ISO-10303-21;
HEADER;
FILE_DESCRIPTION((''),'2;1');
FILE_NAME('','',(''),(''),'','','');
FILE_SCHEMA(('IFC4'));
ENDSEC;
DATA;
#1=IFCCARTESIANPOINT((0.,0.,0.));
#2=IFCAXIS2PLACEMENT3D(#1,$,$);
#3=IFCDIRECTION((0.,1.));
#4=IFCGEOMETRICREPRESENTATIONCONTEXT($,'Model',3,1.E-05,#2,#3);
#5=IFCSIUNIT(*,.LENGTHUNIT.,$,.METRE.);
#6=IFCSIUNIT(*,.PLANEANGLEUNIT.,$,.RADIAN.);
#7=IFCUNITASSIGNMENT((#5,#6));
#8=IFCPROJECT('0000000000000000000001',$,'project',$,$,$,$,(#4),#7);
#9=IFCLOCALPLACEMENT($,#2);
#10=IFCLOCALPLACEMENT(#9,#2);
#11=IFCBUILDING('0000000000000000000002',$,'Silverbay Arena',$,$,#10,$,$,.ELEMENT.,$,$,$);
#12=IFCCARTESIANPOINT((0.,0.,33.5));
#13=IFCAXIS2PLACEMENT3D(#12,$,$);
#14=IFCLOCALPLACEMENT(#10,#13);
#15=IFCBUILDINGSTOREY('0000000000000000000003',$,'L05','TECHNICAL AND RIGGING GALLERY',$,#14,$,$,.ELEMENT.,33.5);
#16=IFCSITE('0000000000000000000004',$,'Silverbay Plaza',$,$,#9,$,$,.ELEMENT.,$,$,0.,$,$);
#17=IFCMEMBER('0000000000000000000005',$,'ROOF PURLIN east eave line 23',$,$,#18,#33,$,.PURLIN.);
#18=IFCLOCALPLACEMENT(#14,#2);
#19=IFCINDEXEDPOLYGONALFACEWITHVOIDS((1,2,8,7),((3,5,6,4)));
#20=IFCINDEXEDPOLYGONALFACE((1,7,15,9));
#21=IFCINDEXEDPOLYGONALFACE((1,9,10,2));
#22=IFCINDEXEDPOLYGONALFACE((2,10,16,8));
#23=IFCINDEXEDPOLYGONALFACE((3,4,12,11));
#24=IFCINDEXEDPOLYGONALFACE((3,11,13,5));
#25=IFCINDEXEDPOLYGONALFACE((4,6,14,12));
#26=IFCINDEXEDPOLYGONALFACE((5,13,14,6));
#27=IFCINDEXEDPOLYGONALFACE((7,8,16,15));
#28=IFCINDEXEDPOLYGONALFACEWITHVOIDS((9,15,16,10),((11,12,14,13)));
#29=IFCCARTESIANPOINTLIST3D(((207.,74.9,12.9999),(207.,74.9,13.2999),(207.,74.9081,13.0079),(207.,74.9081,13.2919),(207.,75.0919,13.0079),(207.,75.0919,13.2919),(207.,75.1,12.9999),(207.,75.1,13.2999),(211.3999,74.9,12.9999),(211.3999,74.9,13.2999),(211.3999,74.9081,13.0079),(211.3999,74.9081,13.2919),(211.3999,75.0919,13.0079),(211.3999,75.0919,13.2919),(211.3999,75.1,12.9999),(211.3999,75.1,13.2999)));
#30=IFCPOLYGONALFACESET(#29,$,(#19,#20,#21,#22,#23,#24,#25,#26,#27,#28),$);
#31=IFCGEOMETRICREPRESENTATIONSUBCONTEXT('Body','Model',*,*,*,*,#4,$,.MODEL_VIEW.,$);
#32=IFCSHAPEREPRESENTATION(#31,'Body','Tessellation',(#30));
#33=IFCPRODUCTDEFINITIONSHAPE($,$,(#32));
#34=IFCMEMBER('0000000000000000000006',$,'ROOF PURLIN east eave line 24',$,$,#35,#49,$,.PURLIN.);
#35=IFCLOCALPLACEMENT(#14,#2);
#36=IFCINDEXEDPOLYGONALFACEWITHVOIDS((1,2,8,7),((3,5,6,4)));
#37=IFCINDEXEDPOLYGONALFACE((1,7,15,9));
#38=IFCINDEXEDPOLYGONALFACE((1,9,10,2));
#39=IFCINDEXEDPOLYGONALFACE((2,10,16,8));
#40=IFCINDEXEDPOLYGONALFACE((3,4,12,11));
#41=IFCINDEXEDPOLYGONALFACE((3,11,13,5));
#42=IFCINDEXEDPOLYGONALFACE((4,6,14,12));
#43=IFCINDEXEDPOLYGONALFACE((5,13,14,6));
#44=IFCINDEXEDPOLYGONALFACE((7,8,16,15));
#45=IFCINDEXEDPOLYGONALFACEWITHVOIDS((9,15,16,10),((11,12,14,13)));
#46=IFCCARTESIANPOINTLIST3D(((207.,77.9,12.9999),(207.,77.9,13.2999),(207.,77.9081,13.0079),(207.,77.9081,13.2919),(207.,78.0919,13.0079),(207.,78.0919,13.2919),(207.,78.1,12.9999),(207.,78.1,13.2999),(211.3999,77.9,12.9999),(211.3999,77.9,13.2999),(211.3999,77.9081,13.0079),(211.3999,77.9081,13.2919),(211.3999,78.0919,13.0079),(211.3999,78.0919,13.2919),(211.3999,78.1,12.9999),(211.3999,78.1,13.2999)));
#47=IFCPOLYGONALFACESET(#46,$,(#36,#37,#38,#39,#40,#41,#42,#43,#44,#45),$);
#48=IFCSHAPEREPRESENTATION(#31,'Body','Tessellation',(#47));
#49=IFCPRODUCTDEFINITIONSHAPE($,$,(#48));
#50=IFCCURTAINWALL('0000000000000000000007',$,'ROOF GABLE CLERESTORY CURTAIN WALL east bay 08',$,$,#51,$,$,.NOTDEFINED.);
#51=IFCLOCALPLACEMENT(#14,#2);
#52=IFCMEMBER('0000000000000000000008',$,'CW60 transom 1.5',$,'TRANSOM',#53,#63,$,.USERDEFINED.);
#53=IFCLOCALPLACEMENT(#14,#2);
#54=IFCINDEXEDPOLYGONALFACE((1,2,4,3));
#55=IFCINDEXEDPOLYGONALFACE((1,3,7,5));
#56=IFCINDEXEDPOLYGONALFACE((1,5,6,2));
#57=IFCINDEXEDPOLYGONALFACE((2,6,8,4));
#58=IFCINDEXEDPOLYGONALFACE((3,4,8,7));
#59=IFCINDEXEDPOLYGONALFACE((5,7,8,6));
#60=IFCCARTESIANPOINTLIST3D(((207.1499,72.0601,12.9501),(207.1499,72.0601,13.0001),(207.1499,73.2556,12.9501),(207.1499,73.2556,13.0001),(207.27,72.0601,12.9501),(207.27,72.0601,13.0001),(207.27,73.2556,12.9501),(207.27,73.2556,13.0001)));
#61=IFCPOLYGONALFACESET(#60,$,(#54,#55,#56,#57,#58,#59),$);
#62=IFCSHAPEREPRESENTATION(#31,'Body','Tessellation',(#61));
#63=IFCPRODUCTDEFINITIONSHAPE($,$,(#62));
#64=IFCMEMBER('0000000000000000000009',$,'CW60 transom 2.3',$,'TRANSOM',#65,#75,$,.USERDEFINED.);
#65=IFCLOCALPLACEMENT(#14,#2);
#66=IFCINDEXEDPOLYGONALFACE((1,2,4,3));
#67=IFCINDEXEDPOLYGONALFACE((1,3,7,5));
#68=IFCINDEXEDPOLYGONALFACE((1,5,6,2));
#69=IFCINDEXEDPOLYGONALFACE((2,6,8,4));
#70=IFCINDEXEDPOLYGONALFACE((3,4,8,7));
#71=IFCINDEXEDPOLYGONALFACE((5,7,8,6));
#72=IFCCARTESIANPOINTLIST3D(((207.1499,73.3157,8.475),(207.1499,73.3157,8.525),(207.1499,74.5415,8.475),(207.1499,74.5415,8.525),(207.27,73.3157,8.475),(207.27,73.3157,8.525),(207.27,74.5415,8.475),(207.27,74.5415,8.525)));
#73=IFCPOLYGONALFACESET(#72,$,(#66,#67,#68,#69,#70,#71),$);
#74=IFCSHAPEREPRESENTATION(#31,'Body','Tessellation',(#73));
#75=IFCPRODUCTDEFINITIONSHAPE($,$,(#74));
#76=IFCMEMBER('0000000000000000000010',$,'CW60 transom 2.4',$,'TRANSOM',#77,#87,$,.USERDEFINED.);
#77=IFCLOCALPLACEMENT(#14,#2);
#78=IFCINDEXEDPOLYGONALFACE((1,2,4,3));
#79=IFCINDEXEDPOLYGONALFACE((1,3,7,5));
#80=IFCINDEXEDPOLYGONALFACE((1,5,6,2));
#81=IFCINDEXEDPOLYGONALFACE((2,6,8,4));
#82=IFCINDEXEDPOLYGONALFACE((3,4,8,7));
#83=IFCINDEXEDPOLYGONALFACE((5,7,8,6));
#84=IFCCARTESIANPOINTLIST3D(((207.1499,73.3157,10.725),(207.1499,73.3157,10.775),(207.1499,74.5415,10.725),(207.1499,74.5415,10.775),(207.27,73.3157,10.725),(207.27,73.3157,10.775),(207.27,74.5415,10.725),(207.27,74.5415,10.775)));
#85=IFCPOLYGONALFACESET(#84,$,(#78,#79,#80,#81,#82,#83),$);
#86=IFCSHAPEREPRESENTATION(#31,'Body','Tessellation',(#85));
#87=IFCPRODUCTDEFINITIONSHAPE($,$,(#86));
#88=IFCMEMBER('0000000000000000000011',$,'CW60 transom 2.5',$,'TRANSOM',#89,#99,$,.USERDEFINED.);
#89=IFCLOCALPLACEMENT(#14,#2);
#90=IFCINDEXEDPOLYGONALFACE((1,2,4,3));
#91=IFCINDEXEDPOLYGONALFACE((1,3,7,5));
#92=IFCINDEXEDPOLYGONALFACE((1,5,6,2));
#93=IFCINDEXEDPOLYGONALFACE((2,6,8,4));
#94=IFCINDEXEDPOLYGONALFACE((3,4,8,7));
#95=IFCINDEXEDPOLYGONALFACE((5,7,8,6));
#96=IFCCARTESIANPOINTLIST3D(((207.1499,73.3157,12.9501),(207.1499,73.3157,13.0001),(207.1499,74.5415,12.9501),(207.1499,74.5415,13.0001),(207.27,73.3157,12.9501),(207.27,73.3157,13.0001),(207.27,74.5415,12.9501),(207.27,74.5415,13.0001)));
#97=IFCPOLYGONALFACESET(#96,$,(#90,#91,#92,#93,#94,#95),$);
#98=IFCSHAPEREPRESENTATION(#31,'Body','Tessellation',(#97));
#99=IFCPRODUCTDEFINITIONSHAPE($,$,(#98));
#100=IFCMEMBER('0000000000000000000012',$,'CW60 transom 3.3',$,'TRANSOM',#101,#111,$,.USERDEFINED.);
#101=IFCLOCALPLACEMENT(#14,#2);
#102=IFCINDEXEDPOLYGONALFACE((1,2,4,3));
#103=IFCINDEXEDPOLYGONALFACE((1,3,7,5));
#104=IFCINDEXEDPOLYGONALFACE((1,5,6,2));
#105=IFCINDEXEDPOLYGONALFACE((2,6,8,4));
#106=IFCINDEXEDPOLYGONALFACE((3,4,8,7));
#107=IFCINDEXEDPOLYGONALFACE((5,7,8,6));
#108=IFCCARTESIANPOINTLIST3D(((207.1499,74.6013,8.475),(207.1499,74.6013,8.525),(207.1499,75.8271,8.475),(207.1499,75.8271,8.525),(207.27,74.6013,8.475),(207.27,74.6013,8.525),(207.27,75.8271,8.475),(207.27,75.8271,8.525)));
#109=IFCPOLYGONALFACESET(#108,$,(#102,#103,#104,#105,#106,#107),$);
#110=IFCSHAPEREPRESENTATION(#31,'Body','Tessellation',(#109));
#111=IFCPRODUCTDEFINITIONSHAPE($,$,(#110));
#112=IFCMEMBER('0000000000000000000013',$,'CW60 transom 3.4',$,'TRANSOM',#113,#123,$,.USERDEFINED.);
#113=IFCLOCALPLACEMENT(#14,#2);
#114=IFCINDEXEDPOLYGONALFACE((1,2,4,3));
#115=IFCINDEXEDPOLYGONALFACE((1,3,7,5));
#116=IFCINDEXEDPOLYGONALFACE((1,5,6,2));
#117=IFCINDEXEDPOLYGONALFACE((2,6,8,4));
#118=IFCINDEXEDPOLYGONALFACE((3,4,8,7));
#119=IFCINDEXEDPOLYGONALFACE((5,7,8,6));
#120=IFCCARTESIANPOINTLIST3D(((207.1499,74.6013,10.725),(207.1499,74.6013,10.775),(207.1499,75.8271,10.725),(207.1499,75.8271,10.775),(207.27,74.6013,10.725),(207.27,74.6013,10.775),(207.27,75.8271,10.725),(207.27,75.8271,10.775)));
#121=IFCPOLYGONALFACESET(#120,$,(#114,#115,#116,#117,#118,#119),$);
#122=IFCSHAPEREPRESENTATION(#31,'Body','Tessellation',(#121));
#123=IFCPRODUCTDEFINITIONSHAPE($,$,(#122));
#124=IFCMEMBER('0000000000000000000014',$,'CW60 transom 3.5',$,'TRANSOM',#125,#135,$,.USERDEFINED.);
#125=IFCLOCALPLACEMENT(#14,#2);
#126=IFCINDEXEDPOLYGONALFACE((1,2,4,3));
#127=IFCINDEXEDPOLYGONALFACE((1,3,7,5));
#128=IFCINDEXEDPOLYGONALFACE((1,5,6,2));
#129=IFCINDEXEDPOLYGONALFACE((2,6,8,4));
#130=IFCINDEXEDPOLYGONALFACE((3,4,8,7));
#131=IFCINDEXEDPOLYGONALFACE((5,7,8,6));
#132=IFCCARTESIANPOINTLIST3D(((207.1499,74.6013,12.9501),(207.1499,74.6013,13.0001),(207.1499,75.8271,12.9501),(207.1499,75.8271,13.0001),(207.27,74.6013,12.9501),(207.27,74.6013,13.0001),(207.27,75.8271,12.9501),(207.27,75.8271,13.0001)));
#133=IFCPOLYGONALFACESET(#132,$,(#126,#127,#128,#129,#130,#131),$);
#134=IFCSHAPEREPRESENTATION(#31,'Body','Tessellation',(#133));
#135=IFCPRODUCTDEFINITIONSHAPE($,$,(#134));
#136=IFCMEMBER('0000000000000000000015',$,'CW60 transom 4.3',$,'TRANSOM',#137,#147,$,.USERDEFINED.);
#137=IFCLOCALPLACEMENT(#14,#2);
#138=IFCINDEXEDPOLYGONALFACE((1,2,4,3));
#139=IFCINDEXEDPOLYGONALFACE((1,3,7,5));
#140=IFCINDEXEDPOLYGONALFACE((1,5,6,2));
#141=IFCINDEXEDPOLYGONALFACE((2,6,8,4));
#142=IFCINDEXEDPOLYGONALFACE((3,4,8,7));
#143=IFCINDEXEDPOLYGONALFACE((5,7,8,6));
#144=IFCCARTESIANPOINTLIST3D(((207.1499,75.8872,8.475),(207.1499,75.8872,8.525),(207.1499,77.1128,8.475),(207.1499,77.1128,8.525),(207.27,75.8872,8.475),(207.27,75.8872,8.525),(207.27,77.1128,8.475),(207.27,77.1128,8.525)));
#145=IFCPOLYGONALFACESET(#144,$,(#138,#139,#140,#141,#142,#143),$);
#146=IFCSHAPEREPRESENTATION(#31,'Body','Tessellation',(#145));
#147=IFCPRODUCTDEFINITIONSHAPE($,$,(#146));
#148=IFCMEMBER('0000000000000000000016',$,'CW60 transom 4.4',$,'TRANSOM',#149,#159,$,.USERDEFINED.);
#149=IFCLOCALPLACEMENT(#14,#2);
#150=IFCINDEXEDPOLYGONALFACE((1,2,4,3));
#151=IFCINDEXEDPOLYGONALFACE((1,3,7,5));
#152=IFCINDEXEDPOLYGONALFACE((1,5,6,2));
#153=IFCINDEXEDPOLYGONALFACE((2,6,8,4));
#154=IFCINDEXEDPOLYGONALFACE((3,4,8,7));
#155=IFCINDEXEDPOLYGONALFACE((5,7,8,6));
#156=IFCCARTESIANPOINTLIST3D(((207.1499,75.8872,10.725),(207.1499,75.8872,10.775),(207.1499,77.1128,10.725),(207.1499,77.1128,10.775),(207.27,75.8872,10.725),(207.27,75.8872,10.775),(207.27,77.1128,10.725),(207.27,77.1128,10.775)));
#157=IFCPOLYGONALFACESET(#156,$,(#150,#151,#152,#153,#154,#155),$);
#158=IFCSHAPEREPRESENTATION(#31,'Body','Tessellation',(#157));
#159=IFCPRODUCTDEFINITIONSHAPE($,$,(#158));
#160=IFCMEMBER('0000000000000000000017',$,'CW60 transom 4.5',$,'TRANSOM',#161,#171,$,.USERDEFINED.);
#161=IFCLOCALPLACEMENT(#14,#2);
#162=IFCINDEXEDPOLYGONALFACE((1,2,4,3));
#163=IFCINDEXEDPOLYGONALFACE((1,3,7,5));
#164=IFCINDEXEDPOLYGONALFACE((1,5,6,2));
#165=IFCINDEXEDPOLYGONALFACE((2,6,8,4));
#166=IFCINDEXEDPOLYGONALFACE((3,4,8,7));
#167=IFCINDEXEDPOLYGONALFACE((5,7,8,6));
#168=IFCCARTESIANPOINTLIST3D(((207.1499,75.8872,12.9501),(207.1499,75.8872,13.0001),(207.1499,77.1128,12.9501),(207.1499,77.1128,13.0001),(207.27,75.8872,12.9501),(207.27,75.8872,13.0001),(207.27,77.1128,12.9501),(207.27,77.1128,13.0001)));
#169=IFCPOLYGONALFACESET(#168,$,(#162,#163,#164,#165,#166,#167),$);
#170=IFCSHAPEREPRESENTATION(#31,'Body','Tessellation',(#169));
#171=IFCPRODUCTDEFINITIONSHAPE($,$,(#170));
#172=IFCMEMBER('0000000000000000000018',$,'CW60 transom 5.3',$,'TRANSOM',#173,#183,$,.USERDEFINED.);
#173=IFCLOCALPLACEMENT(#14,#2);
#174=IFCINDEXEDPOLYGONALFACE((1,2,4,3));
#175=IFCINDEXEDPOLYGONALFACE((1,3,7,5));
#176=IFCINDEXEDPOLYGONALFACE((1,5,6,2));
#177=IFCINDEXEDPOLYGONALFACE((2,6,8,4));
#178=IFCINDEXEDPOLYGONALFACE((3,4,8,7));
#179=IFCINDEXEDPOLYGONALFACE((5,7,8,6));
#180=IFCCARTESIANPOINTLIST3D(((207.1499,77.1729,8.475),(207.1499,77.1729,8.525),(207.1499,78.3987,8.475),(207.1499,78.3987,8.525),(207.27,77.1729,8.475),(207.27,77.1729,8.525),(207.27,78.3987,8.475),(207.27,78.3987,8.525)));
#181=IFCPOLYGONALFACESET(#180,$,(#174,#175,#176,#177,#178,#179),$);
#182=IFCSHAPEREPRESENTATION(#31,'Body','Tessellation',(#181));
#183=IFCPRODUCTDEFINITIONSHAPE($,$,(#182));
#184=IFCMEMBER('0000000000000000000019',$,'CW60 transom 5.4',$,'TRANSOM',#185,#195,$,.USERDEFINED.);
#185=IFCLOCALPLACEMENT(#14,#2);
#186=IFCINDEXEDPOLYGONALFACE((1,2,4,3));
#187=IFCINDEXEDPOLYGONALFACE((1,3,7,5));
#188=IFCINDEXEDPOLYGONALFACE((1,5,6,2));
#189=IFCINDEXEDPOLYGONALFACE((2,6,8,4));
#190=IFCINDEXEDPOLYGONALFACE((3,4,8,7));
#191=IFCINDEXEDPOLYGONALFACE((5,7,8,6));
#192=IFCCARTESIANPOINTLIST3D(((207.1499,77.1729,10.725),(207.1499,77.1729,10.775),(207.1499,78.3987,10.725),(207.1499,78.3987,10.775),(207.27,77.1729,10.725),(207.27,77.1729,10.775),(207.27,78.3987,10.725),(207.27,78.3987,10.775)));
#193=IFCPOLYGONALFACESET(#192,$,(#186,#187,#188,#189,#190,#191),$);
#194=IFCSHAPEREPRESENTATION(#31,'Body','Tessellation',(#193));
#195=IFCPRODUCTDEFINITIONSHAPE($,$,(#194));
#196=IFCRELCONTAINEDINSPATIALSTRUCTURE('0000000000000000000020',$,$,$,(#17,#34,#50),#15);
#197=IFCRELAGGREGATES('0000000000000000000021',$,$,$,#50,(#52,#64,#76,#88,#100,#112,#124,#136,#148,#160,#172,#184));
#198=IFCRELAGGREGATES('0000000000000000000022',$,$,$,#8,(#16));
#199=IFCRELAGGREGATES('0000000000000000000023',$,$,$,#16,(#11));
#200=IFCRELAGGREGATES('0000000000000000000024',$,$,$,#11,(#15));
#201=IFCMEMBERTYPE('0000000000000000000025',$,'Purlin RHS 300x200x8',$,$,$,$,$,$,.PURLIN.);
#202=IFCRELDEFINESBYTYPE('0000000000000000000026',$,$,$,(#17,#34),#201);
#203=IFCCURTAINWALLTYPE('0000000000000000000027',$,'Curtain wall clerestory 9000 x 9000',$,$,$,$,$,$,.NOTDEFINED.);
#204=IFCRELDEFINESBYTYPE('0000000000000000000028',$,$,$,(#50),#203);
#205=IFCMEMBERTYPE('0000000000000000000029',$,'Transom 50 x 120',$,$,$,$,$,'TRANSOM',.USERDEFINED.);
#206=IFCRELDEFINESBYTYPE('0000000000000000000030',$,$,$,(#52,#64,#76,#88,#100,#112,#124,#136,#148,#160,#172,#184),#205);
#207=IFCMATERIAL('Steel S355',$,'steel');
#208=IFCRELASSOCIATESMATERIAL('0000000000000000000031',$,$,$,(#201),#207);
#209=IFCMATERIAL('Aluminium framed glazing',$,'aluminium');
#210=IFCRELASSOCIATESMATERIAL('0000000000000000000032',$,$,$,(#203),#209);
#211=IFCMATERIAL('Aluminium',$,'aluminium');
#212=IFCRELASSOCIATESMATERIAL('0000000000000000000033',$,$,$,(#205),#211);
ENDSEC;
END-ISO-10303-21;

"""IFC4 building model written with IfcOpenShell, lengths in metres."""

from ifc_helpers import new_model, si_unit, direction, frame, origin, origin_2d, place, context, subcontext, project, spatial, rectangle, hollow_rectangle, extrude, material, material_profile, profile_set, type_object, element, aggregate, save


model = new_model("IFC4")

# Units and contexts
model_context = context("Model", 3, precision=1e-05, world=origin(), true_north=direction((0.0, 1.0)))
body_context = subcontext(model_context, "Body", "Model", "MODEL_VIEW")
ifc_project = project(units=[si_unit("LENGTHUNIT", "METRE"), si_unit("PLANEANGLEUNIT", "RADIAN")], contexts=[model_context])

# Site, building, storey
site_placement = place(None, origin())
site = spatial("IfcSite", under=ifc_project, at=site_placement, Name="Silverbay Plaza", CompositionType="ELEMENT", RefElevation=0.0)
building_placement = place(site_placement, origin())
building = spatial("IfcBuilding", under=site, at=building_placement, Name="Silverbay Arena", CompositionType="ELEMENT")
storey_placement = place(building_placement, frame((0.0, 0.0, 33.5)))
storey = spatial("IfcBuildingStorey", under=building, at=storey_placement, Name="L05", Description="TECHNICAL AND RIGGING GALLERY", CompositionType="ELEMENT", Elevation=33.5)

# Members
ifc_material_1 = material(Name="Steel S355", Category="steel")
ifc_material_profile_1 = material_profile(ifc_material_1, hollow_rectangle(XDim=0.2, YDim=0.3, WallThickness=0.0081, at=origin_2d()), Name="RHS 300x200x8")
ifc_profile_set_1 = profile_set([ifc_material_profile_1], Name="Steel S355")
member_type_1 = type_object("IfcMemberType", Name="Purlin RHS 300x200x8", PredefinedType="PURLIN", material=ifc_profile_set_1)
for number, where, z_axis, x_axis, name in (
    (1, (211.3999, 75.0, 13.1499), (-1.0, 0.0, 0.0), (0.0, -1.0, 0.0), "ROOF PURLIN east eave line 23"),
    (2, (211.3999, 78.0, 13.1499), (-1.0, 0.0, 0.0), (0.0, -1.0, 0.0), "ROOF PURLIN east eave line 24"),
):
    element("IfcMember", number, at=place(storey_placement, frame(where, z_axis=z_axis, x_axis=x_axis)), inside=storey, type_object=member_type_1, Name=name, PredefinedType="PURLIN", context=body_context, shape_type="SweptSolid", body=[
        extrude(hollow_rectangle(XDim=0.2, YDim=0.3, WallThickness=0.0081, at=origin_2d()), origin(), (0.0, 0.0, 1.0), 4.3999),
    ])

# Curtain wall, members
ifc_material_2 = material(Name="Aluminium framed glazing", Category="aluminium")
curtain_wall_type = type_object("IfcCurtainWallType", Name="Curtain wall clerestory 9000 x 9000", PredefinedType="NOTDEFINED", material=ifc_material_2)
curtain_wall_placement = place(storey_placement, origin())
curtain_wall = element("IfcCurtainWall", 3, at=curtain_wall_placement, inside=storey, type_object=curtain_wall_type, Name="ROOF GABLE CLERESTORY CURTAIN WALL east bay 08", PredefinedType="NOTDEFINED")
ifc_material_3 = material(Name="Aluminium", Category="aluminium")
ifc_material_profile_2 = material_profile(ifc_material_3, rectangle(XDim=0.1201, YDim=0.05, at=origin_2d()), Name="Transom 50 x 120")
ifc_profile_set_2 = profile_set([ifc_material_profile_2], Name="Aluminium")
member_type_2 = type_object("IfcMemberType", Name="Transom 50 x 120", ElementType="TRANSOM", PredefinedType="USERDEFINED", material=ifc_profile_set_2)
member_1_placement = place(storey_placement, frame((207.21, 72.0601, 12.9751), z_axis=(0.0, 1.0, 0.0), x_axis=(-1.0, 0.0, 0.0)))
member_1 = element("IfcMember", 4, at=member_1_placement, type_object=member_type_2, Name="CW60 transom 1.5", ObjectType="TRANSOM", PredefinedType="USERDEFINED", context=body_context, shape_type="SweptSolid", body=[
    extrude(rectangle(XDim=0.1201, YDim=0.05, at=origin_2d()), origin(), (0.0, 0.0, 1.0), 1.1956),
])
member_2_placement = place(storey_placement, frame((207.21, 73.3157, 8.5), z_axis=(0.0, 1.0, 0.0), x_axis=(-1.0, 0.0, 0.0)))
member_2 = element("IfcMember", 5, at=member_2_placement, type_object=member_type_2, Name="CW60 transom 2.3", ObjectType="TRANSOM", PredefinedType="USERDEFINED", context=body_context, shape_type="SweptSolid", body=[
    extrude(rectangle(XDim=0.1201, YDim=0.05, at=origin_2d()), origin(), (0.0, 0.0, 1.0), 1.2258),
])
member_3_placement = place(storey_placement, frame((207.21, 73.3157, 10.75), z_axis=(0.0, 1.0, 0.0), x_axis=(-1.0, 0.0, 0.0)))
member_3 = element("IfcMember", 6, at=member_3_placement, type_object=member_type_2, Name="CW60 transom 2.4", ObjectType="TRANSOM", PredefinedType="USERDEFINED", context=body_context, shape_type="SweptSolid", body=[
    extrude(rectangle(XDim=0.1201, YDim=0.05, at=origin_2d()), origin(), (0.0, 0.0, 1.0), 1.2258),
])
member_4_placement = place(storey_placement, frame((207.21, 73.3157, 12.9751), z_axis=(0.0, 1.0, 0.0), x_axis=(-1.0, 0.0, 0.0)))
member_4 = element("IfcMember", 7, at=member_4_placement, type_object=member_type_2, Name="CW60 transom 2.5", ObjectType="TRANSOM", PredefinedType="USERDEFINED", context=body_context, shape_type="SweptSolid", body=[
    extrude(rectangle(XDim=0.1201, YDim=0.05, at=origin_2d()), origin(), (0.0, 0.0, 1.0), 1.2258),
])
member_5_placement = place(storey_placement, frame((207.21, 74.6013, 8.5), z_axis=(0.0, 1.0, 0.0), x_axis=(-1.0, 0.0, 0.0)))
member_5 = element("IfcMember", 8, at=member_5_placement, type_object=member_type_2, Name="CW60 transom 3.3", ObjectType="TRANSOM", PredefinedType="USERDEFINED", context=body_context, shape_type="SweptSolid", body=[
    extrude(rectangle(XDim=0.1201, YDim=0.05, at=origin_2d()), origin(), (0.0, 0.0, 1.0), 1.2258),
])
member_6_placement = place(storey_placement, frame((207.21, 74.6013, 10.75), z_axis=(0.0, 1.0, 0.0), x_axis=(-1.0, 0.0, 0.0)))
member_6 = element("IfcMember", 9, at=member_6_placement, type_object=member_type_2, Name="CW60 transom 3.4", ObjectType="TRANSOM", PredefinedType="USERDEFINED", context=body_context, shape_type="SweptSolid", body=[
    extrude(rectangle(XDim=0.1201, YDim=0.05, at=origin_2d()), origin(), (0.0, 0.0, 1.0), 1.2258),
])
member_7_placement = place(storey_placement, frame((207.21, 74.6013, 12.9751), z_axis=(0.0, 1.0, 0.0), x_axis=(-1.0, 0.0, 0.0)))
member_7 = element("IfcMember", 10, at=member_7_placement, type_object=member_type_2, Name="CW60 transom 3.5", ObjectType="TRANSOM", PredefinedType="USERDEFINED", context=body_context, shape_type="SweptSolid", body=[
    extrude(rectangle(XDim=0.1201, YDim=0.05, at=origin_2d()), origin(), (0.0, 0.0, 1.0), 1.2258),
])
member_8_placement = place(storey_placement, frame((207.21, 75.8872, 8.5), z_axis=(0.0, 1.0, 0.0), x_axis=(-1.0, 0.0, 0.0)))
member_8 = element("IfcMember", 11, at=member_8_placement, type_object=member_type_2, Name="CW60 transom 4.3", ObjectType="TRANSOM", PredefinedType="USERDEFINED", context=body_context, shape_type="SweptSolid", body=[
    extrude(rectangle(XDim=0.1201, YDim=0.05, at=origin_2d()), origin(), (0.0, 0.0, 1.0), 1.2256),
])
member_9_placement = place(storey_placement, frame((207.21, 75.8872, 10.75), z_axis=(0.0, 1.0, 0.0), x_axis=(-1.0, 0.0, 0.0)))
member_9 = element("IfcMember", 12, at=member_9_placement, type_object=member_type_2, Name="CW60 transom 4.4", ObjectType="TRANSOM", PredefinedType="USERDEFINED", context=body_context, shape_type="SweptSolid", body=[
    extrude(rectangle(XDim=0.1201, YDim=0.05, at=origin_2d()), origin(), (0.0, 0.0, 1.0), 1.2256),
])
member_10_placement = place(storey_placement, frame((207.21, 75.8872, 12.9751), z_axis=(0.0, 1.0, 0.0), x_axis=(-1.0, 0.0, 0.0)))
member_10 = element("IfcMember", 13, at=member_10_placement, type_object=member_type_2, Name="CW60 transom 4.5", ObjectType="TRANSOM", PredefinedType="USERDEFINED", context=body_context, shape_type="SweptSolid", body=[
    extrude(rectangle(XDim=0.1201, YDim=0.05, at=origin_2d()), origin(), (0.0, 0.0, 1.0), 1.2256),
])
member_11_placement = place(storey_placement, frame((207.21, 77.1729, 8.5), z_axis=(0.0, 1.0, 0.0), x_axis=(-1.0, 0.0, 0.0)))
member_11 = element("IfcMember", 14, at=member_11_placement, type_object=member_type_2, Name="CW60 transom 5.3", ObjectType="TRANSOM", PredefinedType="USERDEFINED", context=body_context, shape_type="SweptSolid", body=[
    extrude(rectangle(XDim=0.1201, YDim=0.05, at=origin_2d()), origin(), (0.0, 0.0, 1.0), 1.2258),
])
member_12_placement = place(storey_placement, frame((207.21, 77.1729, 10.75), z_axis=(0.0, 1.0, 0.0), x_axis=(-1.0, 0.0, 0.0)))
member_12 = element("IfcMember", 15, at=member_12_placement, type_object=member_type_2, Name="CW60 transom 5.4", ObjectType="TRANSOM", PredefinedType="USERDEFINED", context=body_context, shape_type="SweptSolid", body=[
    extrude(rectangle(XDim=0.1201, YDim=0.05, at=origin_2d()), origin(), (0.0, 0.0, 1.0), 1.2258),
])
aggregate(curtain_wall, [member_1, member_2, member_3, member_4, member_5, member_6, member_7, member_8, member_9, member_10, member_11, member_12])

save(model, "model.ifc")
